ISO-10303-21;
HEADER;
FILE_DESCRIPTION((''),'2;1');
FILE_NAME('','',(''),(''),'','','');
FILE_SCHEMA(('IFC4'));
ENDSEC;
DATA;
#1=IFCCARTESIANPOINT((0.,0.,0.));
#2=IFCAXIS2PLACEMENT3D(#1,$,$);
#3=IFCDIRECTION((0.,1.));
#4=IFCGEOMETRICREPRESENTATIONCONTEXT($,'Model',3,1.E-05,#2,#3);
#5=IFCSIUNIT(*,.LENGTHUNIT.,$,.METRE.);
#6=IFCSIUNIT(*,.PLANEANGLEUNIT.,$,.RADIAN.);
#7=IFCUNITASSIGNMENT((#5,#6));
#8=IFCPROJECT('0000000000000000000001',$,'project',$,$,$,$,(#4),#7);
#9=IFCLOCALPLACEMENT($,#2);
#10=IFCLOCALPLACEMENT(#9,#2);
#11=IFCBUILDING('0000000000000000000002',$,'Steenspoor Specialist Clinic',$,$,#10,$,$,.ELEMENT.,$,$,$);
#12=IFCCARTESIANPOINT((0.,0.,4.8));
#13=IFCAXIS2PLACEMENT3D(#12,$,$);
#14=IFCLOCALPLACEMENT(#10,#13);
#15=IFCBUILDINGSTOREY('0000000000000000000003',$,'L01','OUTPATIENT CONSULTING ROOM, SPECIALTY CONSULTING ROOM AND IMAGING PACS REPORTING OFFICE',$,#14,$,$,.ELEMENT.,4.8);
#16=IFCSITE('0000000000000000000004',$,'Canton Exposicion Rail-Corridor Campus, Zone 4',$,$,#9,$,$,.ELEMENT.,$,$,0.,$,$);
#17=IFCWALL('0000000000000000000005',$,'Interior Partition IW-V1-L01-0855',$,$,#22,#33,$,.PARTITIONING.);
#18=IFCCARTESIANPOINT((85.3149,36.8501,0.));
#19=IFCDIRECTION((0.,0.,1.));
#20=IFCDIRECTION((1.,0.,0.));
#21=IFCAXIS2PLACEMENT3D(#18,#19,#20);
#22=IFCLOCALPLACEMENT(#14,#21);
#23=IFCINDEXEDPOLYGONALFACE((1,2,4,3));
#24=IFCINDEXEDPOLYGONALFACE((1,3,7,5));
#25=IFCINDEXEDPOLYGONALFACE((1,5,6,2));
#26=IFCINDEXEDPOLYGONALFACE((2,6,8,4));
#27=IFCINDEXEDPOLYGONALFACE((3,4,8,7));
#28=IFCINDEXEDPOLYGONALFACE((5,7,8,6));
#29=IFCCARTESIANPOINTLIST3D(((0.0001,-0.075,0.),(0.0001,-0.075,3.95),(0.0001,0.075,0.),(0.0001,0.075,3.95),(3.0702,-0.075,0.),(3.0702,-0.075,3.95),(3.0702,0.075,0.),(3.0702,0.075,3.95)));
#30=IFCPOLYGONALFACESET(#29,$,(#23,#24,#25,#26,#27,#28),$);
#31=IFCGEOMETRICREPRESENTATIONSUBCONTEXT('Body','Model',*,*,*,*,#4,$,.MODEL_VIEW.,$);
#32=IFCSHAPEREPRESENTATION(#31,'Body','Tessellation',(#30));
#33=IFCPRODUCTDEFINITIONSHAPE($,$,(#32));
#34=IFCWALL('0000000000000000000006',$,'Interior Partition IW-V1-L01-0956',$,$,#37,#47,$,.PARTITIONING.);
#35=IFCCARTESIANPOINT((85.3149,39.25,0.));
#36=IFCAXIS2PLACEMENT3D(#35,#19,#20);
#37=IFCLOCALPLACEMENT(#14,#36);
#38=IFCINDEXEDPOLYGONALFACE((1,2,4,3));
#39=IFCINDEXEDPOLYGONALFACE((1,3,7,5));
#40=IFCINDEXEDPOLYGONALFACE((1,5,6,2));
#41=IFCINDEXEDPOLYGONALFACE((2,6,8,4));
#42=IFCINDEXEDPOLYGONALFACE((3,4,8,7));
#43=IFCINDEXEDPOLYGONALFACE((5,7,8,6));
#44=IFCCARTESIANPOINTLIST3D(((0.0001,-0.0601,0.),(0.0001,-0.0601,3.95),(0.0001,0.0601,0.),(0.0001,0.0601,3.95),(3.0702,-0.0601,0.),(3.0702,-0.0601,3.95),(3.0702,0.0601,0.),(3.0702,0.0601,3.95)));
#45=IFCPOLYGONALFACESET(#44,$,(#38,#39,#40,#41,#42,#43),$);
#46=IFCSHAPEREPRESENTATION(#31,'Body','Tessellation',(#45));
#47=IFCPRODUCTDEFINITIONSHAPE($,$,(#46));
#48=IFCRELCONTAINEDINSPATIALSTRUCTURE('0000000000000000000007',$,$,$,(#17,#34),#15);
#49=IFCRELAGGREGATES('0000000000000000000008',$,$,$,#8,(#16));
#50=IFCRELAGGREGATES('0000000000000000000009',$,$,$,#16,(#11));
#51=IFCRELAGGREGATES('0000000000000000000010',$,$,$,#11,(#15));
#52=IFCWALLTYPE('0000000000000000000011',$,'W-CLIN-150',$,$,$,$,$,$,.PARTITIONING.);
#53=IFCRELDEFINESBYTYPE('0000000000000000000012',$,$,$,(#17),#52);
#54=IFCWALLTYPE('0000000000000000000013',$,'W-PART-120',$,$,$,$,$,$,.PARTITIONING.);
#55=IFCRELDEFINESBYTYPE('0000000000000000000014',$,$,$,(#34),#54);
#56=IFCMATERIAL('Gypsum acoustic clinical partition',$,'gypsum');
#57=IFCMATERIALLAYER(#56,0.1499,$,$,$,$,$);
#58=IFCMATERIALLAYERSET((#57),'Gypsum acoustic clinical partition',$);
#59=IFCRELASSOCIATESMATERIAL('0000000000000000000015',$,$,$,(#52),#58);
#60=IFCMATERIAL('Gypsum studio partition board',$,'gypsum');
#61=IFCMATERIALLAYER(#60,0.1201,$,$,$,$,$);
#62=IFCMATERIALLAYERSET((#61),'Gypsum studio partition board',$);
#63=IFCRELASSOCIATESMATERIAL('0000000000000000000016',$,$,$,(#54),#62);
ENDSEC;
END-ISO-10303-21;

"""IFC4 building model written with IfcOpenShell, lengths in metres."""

from ifc_helpers import new_model, si_unit, direction, frame, frame_2d, origin, place, context, subcontext, project, spatial, rectangle, extrude, material, layer, layer_set, type_object, element, save


model = new_model("IFC4")

# Units and contexts
model_context = context("Model", 3, precision=1e-05, world=origin(), true_north=direction((0.0, 1.0)))
body_context = subcontext(model_context, "Body", "Model", "MODEL_VIEW")
ifc_project = project(units=[si_unit("LENGTHUNIT", "METRE"), si_unit("PLANEANGLEUNIT", "RADIAN")], contexts=[model_context])

# Site, building, storey
site_placement = place(None, origin())
site = spatial("IfcSite", under=ifc_project, at=site_placement, Name="Canton Exposicion Rail-Corridor Campus, Zone 4", CompositionType="ELEMENT", RefElevation=0.0)
building_placement = place(site_placement, origin())
building = spatial("IfcBuilding", under=site, at=building_placement, Name="Steenspoor Specialist Clinic", CompositionType="ELEMENT")
storey_placement = place(building_placement, frame((0.0, 0.0, 4.8)))
storey = spatial("IfcBuildingStorey", under=building, at=storey_placement, Name="L01", Description="OUTPATIENT CONSULTING ROOM, SPECIALTY CONSULTING ROOM AND IMAGING PACS REPORTING OFFICE", CompositionType="ELEMENT", Elevation=4.8)

# Shared definitions
ifc_material_1 = material(Name="Gypsum acoustic clinical partition", Category="gypsum")
ifc_layer_1 = layer(ifc_material_1, 0.1499)
ifc_layer_set_1 = layer_set([ifc_layer_1], Name="Gypsum acoustic clinical partition")
wall_type_1 = type_object("IfcWallType", Name="W-CLIN-150", PredefinedType="PARTITIONING", material=ifc_layer_set_1)

# Wall
wall_1_placement = place(storey_placement, frame((85.3149, 36.8501, 0.0), z_axis=(0.0, 0.0, 1.0), x_axis=(1.0, 0.0, 0.0)))
element("IfcWall", 1, at=wall_1_placement, inside=storey, type_object=wall_type_1, Name="Interior Partition IW-V1-L01-0855", PredefinedType="PARTITIONING", context=body_context, shape_type="SweptSolid", body=[
    extrude(rectangle(XDim=3.0701, YDim=0.1499, at=frame_2d((1.5352, 0.0))), origin(), (0.0, 0.0, 1.0), 3.95),
])

# Shared definitions
ifc_material_2 = material(Name="Gypsum studio partition board", Category="gypsum")
ifc_layer_2 = layer(ifc_material_2, 0.1201)
ifc_layer_set_2 = layer_set([ifc_layer_2], Name="Gypsum studio partition board")
wall_type_2 = type_object("IfcWallType", Name="W-PART-120", PredefinedType="PARTITIONING", material=ifc_layer_set_2)

# Wall
wall_2_placement = place(storey_placement, frame((85.3149, 39.25, 0.0), z_axis=(0.0, 0.0, 1.0), x_axis=(1.0, 0.0, 0.0)))
element("IfcWall", 2, at=wall_2_placement, inside=storey, type_object=wall_type_2, Name="Interior Partition IW-V1-L01-0956", PredefinedType="PARTITIONING", context=body_context, shape_type="SweptSolid", body=[
    extrude(rectangle(XDim=3.0701, YDim=0.1201, at=frame_2d((1.5352, 0.0))), origin(), (0.0, 0.0, 1.0), 3.95),
])

save(model, "model.ifc")
